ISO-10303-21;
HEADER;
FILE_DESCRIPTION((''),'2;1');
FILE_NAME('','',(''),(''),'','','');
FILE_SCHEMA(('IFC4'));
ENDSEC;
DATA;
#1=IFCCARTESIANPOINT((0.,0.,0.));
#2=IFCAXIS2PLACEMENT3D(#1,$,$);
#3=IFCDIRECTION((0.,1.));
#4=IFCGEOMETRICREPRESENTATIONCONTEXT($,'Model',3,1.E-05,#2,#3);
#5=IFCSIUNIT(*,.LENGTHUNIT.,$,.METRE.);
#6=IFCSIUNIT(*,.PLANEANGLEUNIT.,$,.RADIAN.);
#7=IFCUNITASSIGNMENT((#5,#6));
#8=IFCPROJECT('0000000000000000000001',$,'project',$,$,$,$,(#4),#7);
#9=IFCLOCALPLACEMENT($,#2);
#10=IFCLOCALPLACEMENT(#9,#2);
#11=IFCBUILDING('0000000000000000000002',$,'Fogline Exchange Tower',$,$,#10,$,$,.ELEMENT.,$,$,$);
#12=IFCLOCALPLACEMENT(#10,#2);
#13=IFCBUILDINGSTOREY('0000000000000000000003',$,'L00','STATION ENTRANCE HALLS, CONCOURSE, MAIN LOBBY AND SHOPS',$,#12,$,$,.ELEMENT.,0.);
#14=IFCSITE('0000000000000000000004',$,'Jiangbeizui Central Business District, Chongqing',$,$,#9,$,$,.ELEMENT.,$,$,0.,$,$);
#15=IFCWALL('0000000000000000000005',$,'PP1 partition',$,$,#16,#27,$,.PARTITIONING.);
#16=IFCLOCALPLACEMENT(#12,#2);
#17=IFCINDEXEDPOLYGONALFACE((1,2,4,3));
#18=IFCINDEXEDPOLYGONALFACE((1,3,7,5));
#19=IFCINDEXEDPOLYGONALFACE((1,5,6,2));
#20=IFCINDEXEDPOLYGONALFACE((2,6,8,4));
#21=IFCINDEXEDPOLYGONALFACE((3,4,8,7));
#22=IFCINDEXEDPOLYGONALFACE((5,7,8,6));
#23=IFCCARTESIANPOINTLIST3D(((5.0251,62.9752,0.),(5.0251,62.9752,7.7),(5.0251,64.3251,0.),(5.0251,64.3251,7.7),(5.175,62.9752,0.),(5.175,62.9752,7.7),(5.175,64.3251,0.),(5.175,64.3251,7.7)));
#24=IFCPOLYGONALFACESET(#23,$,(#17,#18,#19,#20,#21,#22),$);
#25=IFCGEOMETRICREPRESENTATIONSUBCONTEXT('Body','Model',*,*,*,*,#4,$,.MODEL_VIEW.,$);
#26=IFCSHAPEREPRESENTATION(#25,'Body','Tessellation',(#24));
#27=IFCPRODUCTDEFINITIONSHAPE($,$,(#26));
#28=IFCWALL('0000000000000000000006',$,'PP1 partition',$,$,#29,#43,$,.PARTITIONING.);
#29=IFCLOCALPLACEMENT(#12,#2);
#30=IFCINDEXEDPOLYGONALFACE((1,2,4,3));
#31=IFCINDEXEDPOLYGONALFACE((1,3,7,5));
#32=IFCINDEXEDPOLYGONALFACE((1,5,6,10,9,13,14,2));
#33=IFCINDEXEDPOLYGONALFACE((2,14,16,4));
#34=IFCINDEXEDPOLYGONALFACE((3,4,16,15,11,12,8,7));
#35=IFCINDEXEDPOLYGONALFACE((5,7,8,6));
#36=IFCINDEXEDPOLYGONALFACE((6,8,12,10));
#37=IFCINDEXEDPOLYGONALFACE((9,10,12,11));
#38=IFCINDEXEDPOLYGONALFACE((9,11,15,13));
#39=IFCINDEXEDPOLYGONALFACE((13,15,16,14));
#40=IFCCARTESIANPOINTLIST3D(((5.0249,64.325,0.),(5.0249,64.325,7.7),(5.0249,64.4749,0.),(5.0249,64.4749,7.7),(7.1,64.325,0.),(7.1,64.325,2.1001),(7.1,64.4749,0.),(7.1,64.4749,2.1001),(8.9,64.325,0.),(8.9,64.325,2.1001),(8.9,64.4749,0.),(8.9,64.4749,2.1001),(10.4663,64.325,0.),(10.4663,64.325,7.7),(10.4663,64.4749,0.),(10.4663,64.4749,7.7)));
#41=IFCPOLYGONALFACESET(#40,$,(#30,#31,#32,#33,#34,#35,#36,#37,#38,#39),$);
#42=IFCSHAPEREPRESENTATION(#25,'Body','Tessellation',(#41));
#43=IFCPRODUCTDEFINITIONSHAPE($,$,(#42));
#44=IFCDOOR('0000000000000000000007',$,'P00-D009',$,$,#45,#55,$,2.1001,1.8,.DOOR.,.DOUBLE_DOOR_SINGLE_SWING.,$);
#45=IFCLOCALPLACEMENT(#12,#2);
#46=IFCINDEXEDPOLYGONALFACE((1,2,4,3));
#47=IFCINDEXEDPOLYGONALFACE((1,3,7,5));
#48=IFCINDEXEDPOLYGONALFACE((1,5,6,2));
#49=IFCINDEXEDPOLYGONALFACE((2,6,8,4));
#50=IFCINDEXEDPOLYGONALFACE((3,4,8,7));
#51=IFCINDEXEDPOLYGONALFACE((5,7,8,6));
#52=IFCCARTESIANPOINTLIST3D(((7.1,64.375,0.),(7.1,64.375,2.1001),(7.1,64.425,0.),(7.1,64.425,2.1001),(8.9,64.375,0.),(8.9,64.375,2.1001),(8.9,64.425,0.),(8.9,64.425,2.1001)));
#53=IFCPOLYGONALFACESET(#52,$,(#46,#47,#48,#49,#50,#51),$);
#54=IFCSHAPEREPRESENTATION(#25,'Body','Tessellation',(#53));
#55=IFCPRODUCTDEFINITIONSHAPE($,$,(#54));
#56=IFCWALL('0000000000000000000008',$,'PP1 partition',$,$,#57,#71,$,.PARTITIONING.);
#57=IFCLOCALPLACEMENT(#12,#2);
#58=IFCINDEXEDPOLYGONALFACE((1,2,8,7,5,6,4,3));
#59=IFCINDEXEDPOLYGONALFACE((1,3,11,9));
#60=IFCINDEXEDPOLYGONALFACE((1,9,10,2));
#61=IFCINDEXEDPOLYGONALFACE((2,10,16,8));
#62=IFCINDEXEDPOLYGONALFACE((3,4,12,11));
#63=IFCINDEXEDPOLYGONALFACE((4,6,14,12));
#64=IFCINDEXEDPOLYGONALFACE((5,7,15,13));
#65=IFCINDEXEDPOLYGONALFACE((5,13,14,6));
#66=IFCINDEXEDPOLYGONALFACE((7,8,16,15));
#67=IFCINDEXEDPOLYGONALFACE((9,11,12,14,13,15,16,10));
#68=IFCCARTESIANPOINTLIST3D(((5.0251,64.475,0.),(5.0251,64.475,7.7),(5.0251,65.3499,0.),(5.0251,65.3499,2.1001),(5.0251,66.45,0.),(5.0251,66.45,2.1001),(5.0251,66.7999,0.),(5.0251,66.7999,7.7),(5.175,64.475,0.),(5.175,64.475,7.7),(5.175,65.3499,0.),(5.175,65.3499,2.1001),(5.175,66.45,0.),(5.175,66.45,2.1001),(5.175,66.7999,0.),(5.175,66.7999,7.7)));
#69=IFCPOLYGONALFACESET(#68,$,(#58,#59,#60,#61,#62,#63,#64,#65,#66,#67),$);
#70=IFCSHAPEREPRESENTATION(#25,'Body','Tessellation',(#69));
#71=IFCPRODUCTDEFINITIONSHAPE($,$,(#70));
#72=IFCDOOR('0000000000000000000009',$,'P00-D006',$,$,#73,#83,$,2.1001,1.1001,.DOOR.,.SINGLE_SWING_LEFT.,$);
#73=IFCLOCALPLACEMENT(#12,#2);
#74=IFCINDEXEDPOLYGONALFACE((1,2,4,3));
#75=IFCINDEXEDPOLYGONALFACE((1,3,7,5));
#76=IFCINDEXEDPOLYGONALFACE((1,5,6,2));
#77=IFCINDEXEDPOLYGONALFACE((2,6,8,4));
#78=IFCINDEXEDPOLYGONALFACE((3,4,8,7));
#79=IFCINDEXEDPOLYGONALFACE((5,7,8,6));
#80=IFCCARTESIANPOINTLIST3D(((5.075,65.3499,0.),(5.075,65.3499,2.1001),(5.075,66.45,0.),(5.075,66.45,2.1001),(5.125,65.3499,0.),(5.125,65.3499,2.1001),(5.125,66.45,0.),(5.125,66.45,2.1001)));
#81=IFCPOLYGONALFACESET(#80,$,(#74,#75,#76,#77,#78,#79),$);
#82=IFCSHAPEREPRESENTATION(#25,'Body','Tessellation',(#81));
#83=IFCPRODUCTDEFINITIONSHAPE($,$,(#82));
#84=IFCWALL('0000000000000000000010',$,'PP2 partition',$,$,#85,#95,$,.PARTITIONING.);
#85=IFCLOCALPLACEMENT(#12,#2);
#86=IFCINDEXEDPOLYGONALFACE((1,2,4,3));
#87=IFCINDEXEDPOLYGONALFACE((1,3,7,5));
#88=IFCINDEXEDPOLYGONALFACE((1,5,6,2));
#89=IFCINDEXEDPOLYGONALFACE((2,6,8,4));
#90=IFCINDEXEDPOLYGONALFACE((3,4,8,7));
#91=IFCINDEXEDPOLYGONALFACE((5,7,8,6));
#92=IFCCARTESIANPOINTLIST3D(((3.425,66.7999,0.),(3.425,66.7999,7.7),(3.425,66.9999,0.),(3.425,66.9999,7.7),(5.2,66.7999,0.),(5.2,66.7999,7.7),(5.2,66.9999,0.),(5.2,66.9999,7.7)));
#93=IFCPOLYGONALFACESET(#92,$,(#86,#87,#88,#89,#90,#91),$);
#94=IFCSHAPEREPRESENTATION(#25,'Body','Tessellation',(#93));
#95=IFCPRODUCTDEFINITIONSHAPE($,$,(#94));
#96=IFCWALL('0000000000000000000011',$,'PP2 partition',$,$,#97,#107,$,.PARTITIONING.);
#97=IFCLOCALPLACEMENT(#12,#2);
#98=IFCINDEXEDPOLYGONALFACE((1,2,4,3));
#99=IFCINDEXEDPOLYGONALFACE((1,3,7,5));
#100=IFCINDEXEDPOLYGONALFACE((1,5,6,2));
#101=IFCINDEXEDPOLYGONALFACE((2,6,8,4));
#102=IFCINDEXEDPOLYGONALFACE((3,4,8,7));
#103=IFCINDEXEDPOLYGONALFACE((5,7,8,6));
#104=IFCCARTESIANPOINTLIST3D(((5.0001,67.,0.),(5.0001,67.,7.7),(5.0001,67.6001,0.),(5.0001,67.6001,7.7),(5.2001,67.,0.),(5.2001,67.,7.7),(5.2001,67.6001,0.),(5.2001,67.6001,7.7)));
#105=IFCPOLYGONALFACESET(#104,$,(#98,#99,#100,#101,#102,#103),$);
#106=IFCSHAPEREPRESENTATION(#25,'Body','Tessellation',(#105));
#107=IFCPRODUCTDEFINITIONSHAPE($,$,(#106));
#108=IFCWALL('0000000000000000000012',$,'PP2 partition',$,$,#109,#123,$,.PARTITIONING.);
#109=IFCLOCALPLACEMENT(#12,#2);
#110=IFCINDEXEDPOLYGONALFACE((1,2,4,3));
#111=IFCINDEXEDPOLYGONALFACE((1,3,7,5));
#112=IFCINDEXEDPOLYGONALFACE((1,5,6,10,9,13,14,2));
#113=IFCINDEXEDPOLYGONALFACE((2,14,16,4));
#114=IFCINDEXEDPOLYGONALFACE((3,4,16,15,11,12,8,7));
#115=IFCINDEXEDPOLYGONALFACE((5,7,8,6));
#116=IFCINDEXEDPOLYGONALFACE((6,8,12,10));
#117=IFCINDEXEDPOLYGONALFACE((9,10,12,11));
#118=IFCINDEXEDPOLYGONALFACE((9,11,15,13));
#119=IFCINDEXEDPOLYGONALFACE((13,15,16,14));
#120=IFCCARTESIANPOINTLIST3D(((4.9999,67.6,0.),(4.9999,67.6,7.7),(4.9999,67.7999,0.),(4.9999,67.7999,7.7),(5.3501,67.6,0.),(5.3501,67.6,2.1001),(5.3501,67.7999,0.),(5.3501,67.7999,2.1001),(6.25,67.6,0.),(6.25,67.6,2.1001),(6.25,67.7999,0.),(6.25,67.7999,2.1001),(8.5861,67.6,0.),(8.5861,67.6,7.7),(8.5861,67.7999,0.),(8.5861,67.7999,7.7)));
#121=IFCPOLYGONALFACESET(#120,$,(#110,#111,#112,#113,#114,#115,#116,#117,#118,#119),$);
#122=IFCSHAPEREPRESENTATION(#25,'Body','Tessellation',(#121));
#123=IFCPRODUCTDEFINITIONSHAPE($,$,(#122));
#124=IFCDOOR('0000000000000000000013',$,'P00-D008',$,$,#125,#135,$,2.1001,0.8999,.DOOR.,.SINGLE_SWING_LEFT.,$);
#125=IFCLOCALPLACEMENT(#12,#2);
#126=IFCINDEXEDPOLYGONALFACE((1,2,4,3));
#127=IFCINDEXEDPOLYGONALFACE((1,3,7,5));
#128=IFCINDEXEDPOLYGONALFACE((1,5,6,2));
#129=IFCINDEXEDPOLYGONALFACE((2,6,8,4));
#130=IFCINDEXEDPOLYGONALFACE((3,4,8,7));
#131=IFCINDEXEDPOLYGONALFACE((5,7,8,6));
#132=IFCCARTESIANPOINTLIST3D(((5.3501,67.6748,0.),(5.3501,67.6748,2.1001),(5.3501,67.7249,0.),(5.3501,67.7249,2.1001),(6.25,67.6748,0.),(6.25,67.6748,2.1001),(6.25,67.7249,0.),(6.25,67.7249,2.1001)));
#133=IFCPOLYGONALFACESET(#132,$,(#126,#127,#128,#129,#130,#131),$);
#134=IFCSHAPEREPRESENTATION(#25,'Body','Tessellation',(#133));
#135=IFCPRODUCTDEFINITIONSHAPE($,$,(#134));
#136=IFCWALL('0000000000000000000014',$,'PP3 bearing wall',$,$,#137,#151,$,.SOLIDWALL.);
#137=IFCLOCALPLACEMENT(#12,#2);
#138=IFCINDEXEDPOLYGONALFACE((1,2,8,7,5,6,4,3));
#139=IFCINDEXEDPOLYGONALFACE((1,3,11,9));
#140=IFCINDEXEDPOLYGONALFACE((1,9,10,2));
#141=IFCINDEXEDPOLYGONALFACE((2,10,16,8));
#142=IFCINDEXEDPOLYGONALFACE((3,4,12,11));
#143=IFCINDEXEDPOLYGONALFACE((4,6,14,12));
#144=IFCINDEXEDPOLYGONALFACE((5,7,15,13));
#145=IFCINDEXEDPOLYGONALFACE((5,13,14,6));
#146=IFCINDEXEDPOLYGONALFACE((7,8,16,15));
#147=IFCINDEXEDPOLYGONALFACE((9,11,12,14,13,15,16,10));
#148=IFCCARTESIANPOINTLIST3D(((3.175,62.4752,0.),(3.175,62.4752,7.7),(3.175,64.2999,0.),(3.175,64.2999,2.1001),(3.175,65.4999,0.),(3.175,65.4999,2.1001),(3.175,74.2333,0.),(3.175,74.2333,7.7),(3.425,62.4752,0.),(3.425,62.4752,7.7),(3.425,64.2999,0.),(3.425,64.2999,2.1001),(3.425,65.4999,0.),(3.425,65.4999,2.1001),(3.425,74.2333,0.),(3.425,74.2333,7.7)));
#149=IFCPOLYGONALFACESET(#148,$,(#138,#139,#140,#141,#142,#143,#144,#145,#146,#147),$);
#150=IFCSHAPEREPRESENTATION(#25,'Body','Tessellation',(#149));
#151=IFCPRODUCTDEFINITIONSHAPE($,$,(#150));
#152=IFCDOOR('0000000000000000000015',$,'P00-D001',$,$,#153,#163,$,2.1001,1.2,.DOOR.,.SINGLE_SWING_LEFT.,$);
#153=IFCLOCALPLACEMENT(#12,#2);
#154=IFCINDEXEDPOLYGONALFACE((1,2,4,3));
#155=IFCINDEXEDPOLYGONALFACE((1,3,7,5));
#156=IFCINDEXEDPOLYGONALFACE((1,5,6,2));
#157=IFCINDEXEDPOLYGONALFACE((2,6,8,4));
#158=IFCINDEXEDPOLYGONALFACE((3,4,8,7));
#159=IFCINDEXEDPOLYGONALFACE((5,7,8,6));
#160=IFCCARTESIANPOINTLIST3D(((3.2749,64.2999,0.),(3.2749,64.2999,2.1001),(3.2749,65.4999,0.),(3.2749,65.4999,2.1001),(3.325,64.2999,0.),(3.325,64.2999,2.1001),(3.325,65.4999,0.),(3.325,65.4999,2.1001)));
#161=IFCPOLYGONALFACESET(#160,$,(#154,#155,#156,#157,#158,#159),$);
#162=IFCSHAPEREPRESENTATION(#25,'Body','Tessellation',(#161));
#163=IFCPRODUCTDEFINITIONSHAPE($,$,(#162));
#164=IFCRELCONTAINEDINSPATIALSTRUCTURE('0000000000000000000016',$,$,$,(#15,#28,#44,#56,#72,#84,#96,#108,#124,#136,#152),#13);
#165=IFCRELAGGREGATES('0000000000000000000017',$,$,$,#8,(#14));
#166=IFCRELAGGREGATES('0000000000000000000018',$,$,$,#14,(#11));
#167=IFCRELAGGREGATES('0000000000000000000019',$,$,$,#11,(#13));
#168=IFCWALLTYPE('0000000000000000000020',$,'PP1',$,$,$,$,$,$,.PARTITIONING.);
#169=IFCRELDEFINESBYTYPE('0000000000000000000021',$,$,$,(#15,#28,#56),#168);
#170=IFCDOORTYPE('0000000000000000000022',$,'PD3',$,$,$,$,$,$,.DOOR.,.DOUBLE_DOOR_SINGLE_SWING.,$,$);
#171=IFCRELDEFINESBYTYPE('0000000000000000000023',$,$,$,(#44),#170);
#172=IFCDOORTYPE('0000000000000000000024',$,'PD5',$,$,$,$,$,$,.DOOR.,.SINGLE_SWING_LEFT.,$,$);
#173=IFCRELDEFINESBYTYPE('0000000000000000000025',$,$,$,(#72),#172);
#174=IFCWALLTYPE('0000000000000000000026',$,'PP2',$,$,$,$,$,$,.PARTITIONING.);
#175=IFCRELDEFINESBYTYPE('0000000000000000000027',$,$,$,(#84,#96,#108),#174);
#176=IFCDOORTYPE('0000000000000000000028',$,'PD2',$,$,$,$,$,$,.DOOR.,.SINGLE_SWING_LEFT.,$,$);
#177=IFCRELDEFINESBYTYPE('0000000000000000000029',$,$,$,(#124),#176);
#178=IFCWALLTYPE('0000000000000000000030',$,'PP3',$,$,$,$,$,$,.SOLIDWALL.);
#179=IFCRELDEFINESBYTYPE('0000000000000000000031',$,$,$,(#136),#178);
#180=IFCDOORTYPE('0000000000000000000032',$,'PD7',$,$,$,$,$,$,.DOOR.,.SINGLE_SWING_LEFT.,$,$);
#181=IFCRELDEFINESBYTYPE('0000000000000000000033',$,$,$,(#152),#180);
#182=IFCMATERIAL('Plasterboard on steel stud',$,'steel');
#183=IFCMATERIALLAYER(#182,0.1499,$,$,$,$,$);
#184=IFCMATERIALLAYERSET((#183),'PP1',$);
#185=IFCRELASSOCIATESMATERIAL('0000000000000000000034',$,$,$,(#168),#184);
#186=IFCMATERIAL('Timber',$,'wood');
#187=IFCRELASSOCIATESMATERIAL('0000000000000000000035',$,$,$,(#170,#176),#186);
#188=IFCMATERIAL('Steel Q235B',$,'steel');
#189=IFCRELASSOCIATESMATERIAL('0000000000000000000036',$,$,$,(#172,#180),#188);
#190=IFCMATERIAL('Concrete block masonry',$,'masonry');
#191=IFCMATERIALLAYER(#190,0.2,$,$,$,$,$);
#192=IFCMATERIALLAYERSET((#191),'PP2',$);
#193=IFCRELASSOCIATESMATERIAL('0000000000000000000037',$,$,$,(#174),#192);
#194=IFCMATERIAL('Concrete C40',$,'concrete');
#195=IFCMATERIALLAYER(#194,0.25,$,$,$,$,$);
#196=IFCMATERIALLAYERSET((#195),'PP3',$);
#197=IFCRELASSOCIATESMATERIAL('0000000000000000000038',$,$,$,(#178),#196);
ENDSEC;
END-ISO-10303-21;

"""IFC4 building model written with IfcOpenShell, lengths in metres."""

from ifc_helpers import new_model, si_unit, direction, frame, frame_2d, origin, place, context, subcontext, project, spatial, rectangle, extrude, material, layer, layer_set, type_object, element, fill, save


model = new_model("IFC4")

# Units and contexts
model_context = context("Model", 3, precision=1e-05, world=origin(), true_north=direction((0.0, 1.0)))
body_context = subcontext(model_context, "Body", "Model", "MODEL_VIEW")
ifc_project = project(units=[si_unit("LENGTHUNIT", "METRE"), si_unit("PLANEANGLEUNIT", "RADIAN")], contexts=[model_context])

# Site, building, storey
site_placement = place(None, origin())
site = spatial("IfcSite", under=ifc_project, at=site_placement, Name="Jiangbeizui Central Business District, Chongqing", CompositionType="ELEMENT", RefElevation=0.0)
building_placement = place(site_placement, origin())
building = spatial("IfcBuilding", under=site, at=building_placement, Name="Fogline Exchange Tower", CompositionType="ELEMENT")
storey_placement = place(building_placement, origin())
storey = spatial("IfcBuildingStorey", under=building, at=storey_placement, Name="L00", Description="STATION ENTRANCE HALLS, CONCOURSE, MAIN LOBBY AND SHOPS", CompositionType="ELEMENT", Elevation=0.0)

# Wall
ifc_material_1 = material(Name="Plasterboard on steel stud", Category="steel")
ifc_layer_1 = layer(ifc_material_1, 0.1499)
ifc_layer_set_1 = layer_set([ifc_layer_1], Name="PP1")
wall_type_1 = type_object("IfcWallType", Name="PP1", PredefinedType="PARTITIONING", material=ifc_layer_set_1)
wall_1_placement = place(storey_placement, frame((5.1001, 64.325, 0.0), z_axis=(0.0, 0.0, 1.0), x_axis=(0.0, -1.0, 0.0)))
element("IfcWall", 1, at=wall_1_placement, inside=storey, type_object=wall_type_1, Name="PP1 partition", PredefinedType="PARTITIONING", context=body_context, shape_type="SweptSolid", body=[
    extrude(rectangle(XDim=1.3499, YDim=0.1499, at=frame_2d((0.6748, 0.0))), origin(), (0.0, 0.0, 1.0), 7.7),
])

# Walls, openings, doors
wall_2_placement = place(storey_placement, frame((10.4663, 64.3999, 0.0), z_axis=(0.0, 0.0, 1.0), x_axis=(-1.0, 0.0, 0.0)))
wall_2 = element("IfcWall", 2, at=wall_2_placement, inside=storey, type_object=wall_type_1, Name="PP1 partition", PredefinedType="PARTITIONING", context=body_context, shape_type="SweptSolid", body=[
    extrude(rectangle(XDim=5.4414, YDim=0.1499, at=frame_2d((2.7207, 0.0))), origin(), (0.0, 0.0, 1.0), 7.7),
])
opening_1_placement = place(wall_2_placement, frame((1.5664, 0.0, 0.0)))
opening_1 = element("IfcOpeningElement", 3, at=opening_1_placement, cuts=wall_2, PredefinedType="OPENING", context=body_context, shape_type="SweptSolid", body=[
    extrude(rectangle(XDim=1.8, YDim=2.1001, at=frame_2d((0.8999, 1.05))), frame((0.0, 0.085, 0.0), z_axis=(0.0, -1.0, 0.0), x_axis=(1.0, 0.0, 0.0)), (0.0, 0.0, 1.0), 0.1699),
])
ifc_material_2 = material(Name="Timber", Category="wood")
door_type_1 = type_object("IfcDoorType", Name="PD3", OperationType="DOUBLE_DOOR_SINGLE_SWING", PredefinedType="DOOR", material=ifc_material_2)
door_1_placement = place(opening_1_placement, origin())
door_1 = element("IfcDoor", 4, at=door_1_placement, inside=storey, type_object=door_type_1, Name="P00-D009", OperationType="DOUBLE_DOOR_SINGLE_SWING", OverallHeight=2.1001, OverallWidth=1.8, PredefinedType="DOOR", context=body_context, shape_type="SweptSolid", body=[
    extrude(rectangle(XDim=1.8, YDim=2.1001, at=frame_2d((0.8999, 1.05))), frame((0.0, 0.0249, 0.0), z_axis=(0.0, -1.0, 0.0), x_axis=(1.0, 0.0, 0.0)), (0.0, 0.0, 1.0), 0.05),
])
fill(opening_1, door_1)
wall_3_placement = place(storey_placement, frame((5.1001, 66.8, 0.0), z_axis=(0.0, 0.0, 1.0), x_axis=(0.0, -1.0, 0.0)))
wall_3 = element("IfcWall", 5, at=wall_3_placement, inside=storey, type_object=wall_type_1, Name="PP1 partition", PredefinedType="PARTITIONING", context=body_context, shape_type="SweptSolid", body=[
    extrude(rectangle(XDim=2.325, YDim=0.1499, at=frame_2d((1.1626, 0.0))), origin(), (0.0, 0.0, 1.0), 7.7),
])
opening_2_placement = place(wall_3_placement, frame((0.3501, 0.0, 0.0)))
opening_2 = element("IfcOpeningElement", 6, at=opening_2_placement, cuts=wall_3, PredefinedType="OPENING", context=body_context, shape_type="SweptSolid", body=[
    extrude(rectangle(XDim=1.1001, YDim=2.1001, at=frame_2d((0.55, 1.05))), frame((0.0, 0.085, 0.0), z_axis=(0.0, -1.0, 0.0), x_axis=(1.0, 0.0, 0.0)), (0.0, 0.0, 1.0), 0.1699),
])
ifc_material_3 = material(Name="Steel Q235B", Category="steel")
door_type_2 = type_object("IfcDoorType", Name="PD5", OperationType="SINGLE_SWING_LEFT", PredefinedType="DOOR", material=ifc_material_3)
door_2_placement = place(opening_2_placement, origin())
door_2 = element("IfcDoor", 7, at=door_2_placement, inside=storey, type_object=door_type_2, Name="P00-D006", OperationType="SINGLE_SWING_LEFT", OverallHeight=2.1001, OverallWidth=1.1001, PredefinedType="DOOR", context=body_context, shape_type="SweptSolid", body=[
    extrude(rectangle(XDim=1.1001, YDim=2.1001, at=frame_2d((0.55, 1.05))), frame((0.0, 0.0249, 0.0), z_axis=(0.0, -1.0, 0.0), x_axis=(1.0, 0.0, 0.0)), (0.0, 0.0, 1.0), 0.05),
])
fill(opening_2, door_2)

# Walls
ifc_material_4 = material(Name="Concrete block masonry", Category="masonry")
ifc_layer_2 = layer(ifc_material_4, 0.2)
ifc_layer_set_2 = layer_set([ifc_layer_2], Name="PP2")
wall_type_2 = type_object("IfcWallType", Name="PP2", PredefinedType="PARTITIONING", material=ifc_layer_set_2)
wall_4_placement = place(storey_placement, frame((3.425, 66.8999, 0.0), z_axis=(0.0, 0.0, 1.0), x_axis=(1.0, 0.0, 0.0)))
element("IfcWall", 8, at=wall_4_placement, inside=storey, type_object=wall_type_2, Name="PP2 partition", PredefinedType="PARTITIONING", context=body_context, shape_type="SweptSolid", body=[
    extrude(rectangle(XDim=1.7749, YDim=0.2, at=frame_2d((0.8875, 0.0))), origin(), (0.0, 0.0, 1.0), 7.7),
])
wall_5_placement = place(storey_placement, frame((5.1001, 67.0, 0.0), z_axis=(0.0, 0.0, 1.0), x_axis=(0.0, 1.0, 0.0)))
element("IfcWall", 9, at=wall_5_placement, inside=storey, type_object=wall_type_2, Name="PP2 partition", PredefinedType="PARTITIONING", context=body_context, shape_type="SweptSolid", body=[
    extrude(rectangle(XDim=0.6001, YDim=0.2, at=frame_2d((0.3, 0.0))), origin(), (0.0, 0.0, 1.0), 7.7),
])

# Walls, openings, doors
wall_6_placement = place(storey_placement, frame((5.0, 67.7, 0.0), z_axis=(0.0, 0.0, 1.0), x_axis=(1.0, 0.0, 0.0)))
wall_6 = element("IfcWall", 10, at=wall_6_placement, inside=storey, type_object=wall_type_2, Name="PP2 partition", PredefinedType="PARTITIONING", context=body_context, shape_type="SweptSolid", body=[
    extrude(rectangle(XDim=3.5862, YDim=0.2, at=frame_2d((1.793, 0.0))), origin(), (0.0, 0.0, 1.0), 7.7),
])
opening_3_placement = place(wall_6_placement, frame((0.3501, 0.0, 0.0)))
opening_3 = element("IfcOpeningElement", 11, at=opening_3_placement, cuts=wall_6, PredefinedType="OPENING", context=body_context, shape_type="SweptSolid", body=[
    extrude(rectangle(XDim=0.8999, YDim=2.1001, at=frame_2d((0.45, 1.05))), frame((0.0, 0.1099, 0.0), z_axis=(0.0, -1.0, 0.0), x_axis=(1.0, 0.0, 0.0)), (0.0, 0.0, 1.0), 0.22),
])
door_type_3 = type_object("IfcDoorType", Name="PD2", OperationType="SINGLE_SWING_LEFT", PredefinedType="DOOR", material=ifc_material_2)
door_3_placement = place(opening_3_placement, origin())
door_3 = element("IfcDoor", 12, at=door_3_placement, inside=storey, type_object=door_type_3, Name="P00-D008", OperationType="SINGLE_SWING_LEFT", OverallHeight=2.1001, OverallWidth=0.8999, PredefinedType="DOOR", context=body_context, shape_type="SweptSolid", body=[
    extrude(rectangle(XDim=0.8999, YDim=2.1001, at=frame_2d((0.45, 1.05))), frame((0.0, 0.0249, 0.0), z_axis=(0.0, -1.0, 0.0), x_axis=(1.0, 0.0, 0.0)), (0.0, 0.0, 1.0), 0.05),
])
fill(opening_3, door_3)
ifc_material_5 = material(Name="Concrete C40", Category="concrete")
ifc_layer_3 = layer(ifc_material_5, 0.25)
ifc_layer_set_3 = layer_set([ifc_layer_3], Name="PP3")
wall_type_3 = type_object("IfcWallType", Name="PP3", PredefinedType="SOLIDWALL", material=ifc_layer_set_3)
wall_7_placement = place(storey_placement, frame((3.3, 74.2332, 0.0), z_axis=(0.0, 0.0, 1.0), x_axis=(0.0, -1.0, 0.0)))
wall_7 = element("IfcWall", 13, at=wall_7_placement, inside=storey, type_object=wall_type_3, Name="PP3 bearing wall", PredefinedType="SOLIDWALL", context=body_context, shape_type="SweptSolid", body=[
    extrude(rectangle(XDim=11.7581, YDim=0.25, at=frame_2d((5.8789, 0.0))), origin(), (0.0, 0.0, 1.0), 7.7),
])
opening_4_placement = place(wall_7_placement, frame((8.7332, 0.0, 0.0)))
opening_4 = element("IfcOpeningElement", 14, at=opening_4_placement, cuts=wall_7, PredefinedType="OPENING", context=body_context, shape_type="SweptSolid", body=[
    extrude(rectangle(XDim=1.2, YDim=2.1001, at=frame_2d((0.6001, 1.05))), frame((0.0, 0.135, 0.0), z_axis=(0.0, -1.0, 0.0), x_axis=(1.0, 0.0, 0.0)), (0.0, 0.0, 1.0), 0.27),
])
door_type_4 = type_object("IfcDoorType", Name="PD7", OperationType="SINGLE_SWING_LEFT", PredefinedType="DOOR", material=ifc_material_3)
door_4_placement = place(opening_4_placement, origin())
door_4 = element("IfcDoor", 15, at=door_4_placement, inside=storey, type_object=door_type_4, Name="P00-D001", OperationType="SINGLE_SWING_LEFT", OverallHeight=2.1001, OverallWidth=1.2, PredefinedType="DOOR", context=body_context, shape_type="SweptSolid", body=[
    extrude(rectangle(XDim=1.2, YDim=2.1001, at=frame_2d((0.6001, 1.05))), frame((0.0, 0.0249, 0.0), z_axis=(0.0, -1.0, 0.0), x_axis=(1.0, 0.0, 0.0)), (0.0, 0.0, 1.0), 0.05),
])
fill(opening_4, door_4)

save(model, "model.ifc")
